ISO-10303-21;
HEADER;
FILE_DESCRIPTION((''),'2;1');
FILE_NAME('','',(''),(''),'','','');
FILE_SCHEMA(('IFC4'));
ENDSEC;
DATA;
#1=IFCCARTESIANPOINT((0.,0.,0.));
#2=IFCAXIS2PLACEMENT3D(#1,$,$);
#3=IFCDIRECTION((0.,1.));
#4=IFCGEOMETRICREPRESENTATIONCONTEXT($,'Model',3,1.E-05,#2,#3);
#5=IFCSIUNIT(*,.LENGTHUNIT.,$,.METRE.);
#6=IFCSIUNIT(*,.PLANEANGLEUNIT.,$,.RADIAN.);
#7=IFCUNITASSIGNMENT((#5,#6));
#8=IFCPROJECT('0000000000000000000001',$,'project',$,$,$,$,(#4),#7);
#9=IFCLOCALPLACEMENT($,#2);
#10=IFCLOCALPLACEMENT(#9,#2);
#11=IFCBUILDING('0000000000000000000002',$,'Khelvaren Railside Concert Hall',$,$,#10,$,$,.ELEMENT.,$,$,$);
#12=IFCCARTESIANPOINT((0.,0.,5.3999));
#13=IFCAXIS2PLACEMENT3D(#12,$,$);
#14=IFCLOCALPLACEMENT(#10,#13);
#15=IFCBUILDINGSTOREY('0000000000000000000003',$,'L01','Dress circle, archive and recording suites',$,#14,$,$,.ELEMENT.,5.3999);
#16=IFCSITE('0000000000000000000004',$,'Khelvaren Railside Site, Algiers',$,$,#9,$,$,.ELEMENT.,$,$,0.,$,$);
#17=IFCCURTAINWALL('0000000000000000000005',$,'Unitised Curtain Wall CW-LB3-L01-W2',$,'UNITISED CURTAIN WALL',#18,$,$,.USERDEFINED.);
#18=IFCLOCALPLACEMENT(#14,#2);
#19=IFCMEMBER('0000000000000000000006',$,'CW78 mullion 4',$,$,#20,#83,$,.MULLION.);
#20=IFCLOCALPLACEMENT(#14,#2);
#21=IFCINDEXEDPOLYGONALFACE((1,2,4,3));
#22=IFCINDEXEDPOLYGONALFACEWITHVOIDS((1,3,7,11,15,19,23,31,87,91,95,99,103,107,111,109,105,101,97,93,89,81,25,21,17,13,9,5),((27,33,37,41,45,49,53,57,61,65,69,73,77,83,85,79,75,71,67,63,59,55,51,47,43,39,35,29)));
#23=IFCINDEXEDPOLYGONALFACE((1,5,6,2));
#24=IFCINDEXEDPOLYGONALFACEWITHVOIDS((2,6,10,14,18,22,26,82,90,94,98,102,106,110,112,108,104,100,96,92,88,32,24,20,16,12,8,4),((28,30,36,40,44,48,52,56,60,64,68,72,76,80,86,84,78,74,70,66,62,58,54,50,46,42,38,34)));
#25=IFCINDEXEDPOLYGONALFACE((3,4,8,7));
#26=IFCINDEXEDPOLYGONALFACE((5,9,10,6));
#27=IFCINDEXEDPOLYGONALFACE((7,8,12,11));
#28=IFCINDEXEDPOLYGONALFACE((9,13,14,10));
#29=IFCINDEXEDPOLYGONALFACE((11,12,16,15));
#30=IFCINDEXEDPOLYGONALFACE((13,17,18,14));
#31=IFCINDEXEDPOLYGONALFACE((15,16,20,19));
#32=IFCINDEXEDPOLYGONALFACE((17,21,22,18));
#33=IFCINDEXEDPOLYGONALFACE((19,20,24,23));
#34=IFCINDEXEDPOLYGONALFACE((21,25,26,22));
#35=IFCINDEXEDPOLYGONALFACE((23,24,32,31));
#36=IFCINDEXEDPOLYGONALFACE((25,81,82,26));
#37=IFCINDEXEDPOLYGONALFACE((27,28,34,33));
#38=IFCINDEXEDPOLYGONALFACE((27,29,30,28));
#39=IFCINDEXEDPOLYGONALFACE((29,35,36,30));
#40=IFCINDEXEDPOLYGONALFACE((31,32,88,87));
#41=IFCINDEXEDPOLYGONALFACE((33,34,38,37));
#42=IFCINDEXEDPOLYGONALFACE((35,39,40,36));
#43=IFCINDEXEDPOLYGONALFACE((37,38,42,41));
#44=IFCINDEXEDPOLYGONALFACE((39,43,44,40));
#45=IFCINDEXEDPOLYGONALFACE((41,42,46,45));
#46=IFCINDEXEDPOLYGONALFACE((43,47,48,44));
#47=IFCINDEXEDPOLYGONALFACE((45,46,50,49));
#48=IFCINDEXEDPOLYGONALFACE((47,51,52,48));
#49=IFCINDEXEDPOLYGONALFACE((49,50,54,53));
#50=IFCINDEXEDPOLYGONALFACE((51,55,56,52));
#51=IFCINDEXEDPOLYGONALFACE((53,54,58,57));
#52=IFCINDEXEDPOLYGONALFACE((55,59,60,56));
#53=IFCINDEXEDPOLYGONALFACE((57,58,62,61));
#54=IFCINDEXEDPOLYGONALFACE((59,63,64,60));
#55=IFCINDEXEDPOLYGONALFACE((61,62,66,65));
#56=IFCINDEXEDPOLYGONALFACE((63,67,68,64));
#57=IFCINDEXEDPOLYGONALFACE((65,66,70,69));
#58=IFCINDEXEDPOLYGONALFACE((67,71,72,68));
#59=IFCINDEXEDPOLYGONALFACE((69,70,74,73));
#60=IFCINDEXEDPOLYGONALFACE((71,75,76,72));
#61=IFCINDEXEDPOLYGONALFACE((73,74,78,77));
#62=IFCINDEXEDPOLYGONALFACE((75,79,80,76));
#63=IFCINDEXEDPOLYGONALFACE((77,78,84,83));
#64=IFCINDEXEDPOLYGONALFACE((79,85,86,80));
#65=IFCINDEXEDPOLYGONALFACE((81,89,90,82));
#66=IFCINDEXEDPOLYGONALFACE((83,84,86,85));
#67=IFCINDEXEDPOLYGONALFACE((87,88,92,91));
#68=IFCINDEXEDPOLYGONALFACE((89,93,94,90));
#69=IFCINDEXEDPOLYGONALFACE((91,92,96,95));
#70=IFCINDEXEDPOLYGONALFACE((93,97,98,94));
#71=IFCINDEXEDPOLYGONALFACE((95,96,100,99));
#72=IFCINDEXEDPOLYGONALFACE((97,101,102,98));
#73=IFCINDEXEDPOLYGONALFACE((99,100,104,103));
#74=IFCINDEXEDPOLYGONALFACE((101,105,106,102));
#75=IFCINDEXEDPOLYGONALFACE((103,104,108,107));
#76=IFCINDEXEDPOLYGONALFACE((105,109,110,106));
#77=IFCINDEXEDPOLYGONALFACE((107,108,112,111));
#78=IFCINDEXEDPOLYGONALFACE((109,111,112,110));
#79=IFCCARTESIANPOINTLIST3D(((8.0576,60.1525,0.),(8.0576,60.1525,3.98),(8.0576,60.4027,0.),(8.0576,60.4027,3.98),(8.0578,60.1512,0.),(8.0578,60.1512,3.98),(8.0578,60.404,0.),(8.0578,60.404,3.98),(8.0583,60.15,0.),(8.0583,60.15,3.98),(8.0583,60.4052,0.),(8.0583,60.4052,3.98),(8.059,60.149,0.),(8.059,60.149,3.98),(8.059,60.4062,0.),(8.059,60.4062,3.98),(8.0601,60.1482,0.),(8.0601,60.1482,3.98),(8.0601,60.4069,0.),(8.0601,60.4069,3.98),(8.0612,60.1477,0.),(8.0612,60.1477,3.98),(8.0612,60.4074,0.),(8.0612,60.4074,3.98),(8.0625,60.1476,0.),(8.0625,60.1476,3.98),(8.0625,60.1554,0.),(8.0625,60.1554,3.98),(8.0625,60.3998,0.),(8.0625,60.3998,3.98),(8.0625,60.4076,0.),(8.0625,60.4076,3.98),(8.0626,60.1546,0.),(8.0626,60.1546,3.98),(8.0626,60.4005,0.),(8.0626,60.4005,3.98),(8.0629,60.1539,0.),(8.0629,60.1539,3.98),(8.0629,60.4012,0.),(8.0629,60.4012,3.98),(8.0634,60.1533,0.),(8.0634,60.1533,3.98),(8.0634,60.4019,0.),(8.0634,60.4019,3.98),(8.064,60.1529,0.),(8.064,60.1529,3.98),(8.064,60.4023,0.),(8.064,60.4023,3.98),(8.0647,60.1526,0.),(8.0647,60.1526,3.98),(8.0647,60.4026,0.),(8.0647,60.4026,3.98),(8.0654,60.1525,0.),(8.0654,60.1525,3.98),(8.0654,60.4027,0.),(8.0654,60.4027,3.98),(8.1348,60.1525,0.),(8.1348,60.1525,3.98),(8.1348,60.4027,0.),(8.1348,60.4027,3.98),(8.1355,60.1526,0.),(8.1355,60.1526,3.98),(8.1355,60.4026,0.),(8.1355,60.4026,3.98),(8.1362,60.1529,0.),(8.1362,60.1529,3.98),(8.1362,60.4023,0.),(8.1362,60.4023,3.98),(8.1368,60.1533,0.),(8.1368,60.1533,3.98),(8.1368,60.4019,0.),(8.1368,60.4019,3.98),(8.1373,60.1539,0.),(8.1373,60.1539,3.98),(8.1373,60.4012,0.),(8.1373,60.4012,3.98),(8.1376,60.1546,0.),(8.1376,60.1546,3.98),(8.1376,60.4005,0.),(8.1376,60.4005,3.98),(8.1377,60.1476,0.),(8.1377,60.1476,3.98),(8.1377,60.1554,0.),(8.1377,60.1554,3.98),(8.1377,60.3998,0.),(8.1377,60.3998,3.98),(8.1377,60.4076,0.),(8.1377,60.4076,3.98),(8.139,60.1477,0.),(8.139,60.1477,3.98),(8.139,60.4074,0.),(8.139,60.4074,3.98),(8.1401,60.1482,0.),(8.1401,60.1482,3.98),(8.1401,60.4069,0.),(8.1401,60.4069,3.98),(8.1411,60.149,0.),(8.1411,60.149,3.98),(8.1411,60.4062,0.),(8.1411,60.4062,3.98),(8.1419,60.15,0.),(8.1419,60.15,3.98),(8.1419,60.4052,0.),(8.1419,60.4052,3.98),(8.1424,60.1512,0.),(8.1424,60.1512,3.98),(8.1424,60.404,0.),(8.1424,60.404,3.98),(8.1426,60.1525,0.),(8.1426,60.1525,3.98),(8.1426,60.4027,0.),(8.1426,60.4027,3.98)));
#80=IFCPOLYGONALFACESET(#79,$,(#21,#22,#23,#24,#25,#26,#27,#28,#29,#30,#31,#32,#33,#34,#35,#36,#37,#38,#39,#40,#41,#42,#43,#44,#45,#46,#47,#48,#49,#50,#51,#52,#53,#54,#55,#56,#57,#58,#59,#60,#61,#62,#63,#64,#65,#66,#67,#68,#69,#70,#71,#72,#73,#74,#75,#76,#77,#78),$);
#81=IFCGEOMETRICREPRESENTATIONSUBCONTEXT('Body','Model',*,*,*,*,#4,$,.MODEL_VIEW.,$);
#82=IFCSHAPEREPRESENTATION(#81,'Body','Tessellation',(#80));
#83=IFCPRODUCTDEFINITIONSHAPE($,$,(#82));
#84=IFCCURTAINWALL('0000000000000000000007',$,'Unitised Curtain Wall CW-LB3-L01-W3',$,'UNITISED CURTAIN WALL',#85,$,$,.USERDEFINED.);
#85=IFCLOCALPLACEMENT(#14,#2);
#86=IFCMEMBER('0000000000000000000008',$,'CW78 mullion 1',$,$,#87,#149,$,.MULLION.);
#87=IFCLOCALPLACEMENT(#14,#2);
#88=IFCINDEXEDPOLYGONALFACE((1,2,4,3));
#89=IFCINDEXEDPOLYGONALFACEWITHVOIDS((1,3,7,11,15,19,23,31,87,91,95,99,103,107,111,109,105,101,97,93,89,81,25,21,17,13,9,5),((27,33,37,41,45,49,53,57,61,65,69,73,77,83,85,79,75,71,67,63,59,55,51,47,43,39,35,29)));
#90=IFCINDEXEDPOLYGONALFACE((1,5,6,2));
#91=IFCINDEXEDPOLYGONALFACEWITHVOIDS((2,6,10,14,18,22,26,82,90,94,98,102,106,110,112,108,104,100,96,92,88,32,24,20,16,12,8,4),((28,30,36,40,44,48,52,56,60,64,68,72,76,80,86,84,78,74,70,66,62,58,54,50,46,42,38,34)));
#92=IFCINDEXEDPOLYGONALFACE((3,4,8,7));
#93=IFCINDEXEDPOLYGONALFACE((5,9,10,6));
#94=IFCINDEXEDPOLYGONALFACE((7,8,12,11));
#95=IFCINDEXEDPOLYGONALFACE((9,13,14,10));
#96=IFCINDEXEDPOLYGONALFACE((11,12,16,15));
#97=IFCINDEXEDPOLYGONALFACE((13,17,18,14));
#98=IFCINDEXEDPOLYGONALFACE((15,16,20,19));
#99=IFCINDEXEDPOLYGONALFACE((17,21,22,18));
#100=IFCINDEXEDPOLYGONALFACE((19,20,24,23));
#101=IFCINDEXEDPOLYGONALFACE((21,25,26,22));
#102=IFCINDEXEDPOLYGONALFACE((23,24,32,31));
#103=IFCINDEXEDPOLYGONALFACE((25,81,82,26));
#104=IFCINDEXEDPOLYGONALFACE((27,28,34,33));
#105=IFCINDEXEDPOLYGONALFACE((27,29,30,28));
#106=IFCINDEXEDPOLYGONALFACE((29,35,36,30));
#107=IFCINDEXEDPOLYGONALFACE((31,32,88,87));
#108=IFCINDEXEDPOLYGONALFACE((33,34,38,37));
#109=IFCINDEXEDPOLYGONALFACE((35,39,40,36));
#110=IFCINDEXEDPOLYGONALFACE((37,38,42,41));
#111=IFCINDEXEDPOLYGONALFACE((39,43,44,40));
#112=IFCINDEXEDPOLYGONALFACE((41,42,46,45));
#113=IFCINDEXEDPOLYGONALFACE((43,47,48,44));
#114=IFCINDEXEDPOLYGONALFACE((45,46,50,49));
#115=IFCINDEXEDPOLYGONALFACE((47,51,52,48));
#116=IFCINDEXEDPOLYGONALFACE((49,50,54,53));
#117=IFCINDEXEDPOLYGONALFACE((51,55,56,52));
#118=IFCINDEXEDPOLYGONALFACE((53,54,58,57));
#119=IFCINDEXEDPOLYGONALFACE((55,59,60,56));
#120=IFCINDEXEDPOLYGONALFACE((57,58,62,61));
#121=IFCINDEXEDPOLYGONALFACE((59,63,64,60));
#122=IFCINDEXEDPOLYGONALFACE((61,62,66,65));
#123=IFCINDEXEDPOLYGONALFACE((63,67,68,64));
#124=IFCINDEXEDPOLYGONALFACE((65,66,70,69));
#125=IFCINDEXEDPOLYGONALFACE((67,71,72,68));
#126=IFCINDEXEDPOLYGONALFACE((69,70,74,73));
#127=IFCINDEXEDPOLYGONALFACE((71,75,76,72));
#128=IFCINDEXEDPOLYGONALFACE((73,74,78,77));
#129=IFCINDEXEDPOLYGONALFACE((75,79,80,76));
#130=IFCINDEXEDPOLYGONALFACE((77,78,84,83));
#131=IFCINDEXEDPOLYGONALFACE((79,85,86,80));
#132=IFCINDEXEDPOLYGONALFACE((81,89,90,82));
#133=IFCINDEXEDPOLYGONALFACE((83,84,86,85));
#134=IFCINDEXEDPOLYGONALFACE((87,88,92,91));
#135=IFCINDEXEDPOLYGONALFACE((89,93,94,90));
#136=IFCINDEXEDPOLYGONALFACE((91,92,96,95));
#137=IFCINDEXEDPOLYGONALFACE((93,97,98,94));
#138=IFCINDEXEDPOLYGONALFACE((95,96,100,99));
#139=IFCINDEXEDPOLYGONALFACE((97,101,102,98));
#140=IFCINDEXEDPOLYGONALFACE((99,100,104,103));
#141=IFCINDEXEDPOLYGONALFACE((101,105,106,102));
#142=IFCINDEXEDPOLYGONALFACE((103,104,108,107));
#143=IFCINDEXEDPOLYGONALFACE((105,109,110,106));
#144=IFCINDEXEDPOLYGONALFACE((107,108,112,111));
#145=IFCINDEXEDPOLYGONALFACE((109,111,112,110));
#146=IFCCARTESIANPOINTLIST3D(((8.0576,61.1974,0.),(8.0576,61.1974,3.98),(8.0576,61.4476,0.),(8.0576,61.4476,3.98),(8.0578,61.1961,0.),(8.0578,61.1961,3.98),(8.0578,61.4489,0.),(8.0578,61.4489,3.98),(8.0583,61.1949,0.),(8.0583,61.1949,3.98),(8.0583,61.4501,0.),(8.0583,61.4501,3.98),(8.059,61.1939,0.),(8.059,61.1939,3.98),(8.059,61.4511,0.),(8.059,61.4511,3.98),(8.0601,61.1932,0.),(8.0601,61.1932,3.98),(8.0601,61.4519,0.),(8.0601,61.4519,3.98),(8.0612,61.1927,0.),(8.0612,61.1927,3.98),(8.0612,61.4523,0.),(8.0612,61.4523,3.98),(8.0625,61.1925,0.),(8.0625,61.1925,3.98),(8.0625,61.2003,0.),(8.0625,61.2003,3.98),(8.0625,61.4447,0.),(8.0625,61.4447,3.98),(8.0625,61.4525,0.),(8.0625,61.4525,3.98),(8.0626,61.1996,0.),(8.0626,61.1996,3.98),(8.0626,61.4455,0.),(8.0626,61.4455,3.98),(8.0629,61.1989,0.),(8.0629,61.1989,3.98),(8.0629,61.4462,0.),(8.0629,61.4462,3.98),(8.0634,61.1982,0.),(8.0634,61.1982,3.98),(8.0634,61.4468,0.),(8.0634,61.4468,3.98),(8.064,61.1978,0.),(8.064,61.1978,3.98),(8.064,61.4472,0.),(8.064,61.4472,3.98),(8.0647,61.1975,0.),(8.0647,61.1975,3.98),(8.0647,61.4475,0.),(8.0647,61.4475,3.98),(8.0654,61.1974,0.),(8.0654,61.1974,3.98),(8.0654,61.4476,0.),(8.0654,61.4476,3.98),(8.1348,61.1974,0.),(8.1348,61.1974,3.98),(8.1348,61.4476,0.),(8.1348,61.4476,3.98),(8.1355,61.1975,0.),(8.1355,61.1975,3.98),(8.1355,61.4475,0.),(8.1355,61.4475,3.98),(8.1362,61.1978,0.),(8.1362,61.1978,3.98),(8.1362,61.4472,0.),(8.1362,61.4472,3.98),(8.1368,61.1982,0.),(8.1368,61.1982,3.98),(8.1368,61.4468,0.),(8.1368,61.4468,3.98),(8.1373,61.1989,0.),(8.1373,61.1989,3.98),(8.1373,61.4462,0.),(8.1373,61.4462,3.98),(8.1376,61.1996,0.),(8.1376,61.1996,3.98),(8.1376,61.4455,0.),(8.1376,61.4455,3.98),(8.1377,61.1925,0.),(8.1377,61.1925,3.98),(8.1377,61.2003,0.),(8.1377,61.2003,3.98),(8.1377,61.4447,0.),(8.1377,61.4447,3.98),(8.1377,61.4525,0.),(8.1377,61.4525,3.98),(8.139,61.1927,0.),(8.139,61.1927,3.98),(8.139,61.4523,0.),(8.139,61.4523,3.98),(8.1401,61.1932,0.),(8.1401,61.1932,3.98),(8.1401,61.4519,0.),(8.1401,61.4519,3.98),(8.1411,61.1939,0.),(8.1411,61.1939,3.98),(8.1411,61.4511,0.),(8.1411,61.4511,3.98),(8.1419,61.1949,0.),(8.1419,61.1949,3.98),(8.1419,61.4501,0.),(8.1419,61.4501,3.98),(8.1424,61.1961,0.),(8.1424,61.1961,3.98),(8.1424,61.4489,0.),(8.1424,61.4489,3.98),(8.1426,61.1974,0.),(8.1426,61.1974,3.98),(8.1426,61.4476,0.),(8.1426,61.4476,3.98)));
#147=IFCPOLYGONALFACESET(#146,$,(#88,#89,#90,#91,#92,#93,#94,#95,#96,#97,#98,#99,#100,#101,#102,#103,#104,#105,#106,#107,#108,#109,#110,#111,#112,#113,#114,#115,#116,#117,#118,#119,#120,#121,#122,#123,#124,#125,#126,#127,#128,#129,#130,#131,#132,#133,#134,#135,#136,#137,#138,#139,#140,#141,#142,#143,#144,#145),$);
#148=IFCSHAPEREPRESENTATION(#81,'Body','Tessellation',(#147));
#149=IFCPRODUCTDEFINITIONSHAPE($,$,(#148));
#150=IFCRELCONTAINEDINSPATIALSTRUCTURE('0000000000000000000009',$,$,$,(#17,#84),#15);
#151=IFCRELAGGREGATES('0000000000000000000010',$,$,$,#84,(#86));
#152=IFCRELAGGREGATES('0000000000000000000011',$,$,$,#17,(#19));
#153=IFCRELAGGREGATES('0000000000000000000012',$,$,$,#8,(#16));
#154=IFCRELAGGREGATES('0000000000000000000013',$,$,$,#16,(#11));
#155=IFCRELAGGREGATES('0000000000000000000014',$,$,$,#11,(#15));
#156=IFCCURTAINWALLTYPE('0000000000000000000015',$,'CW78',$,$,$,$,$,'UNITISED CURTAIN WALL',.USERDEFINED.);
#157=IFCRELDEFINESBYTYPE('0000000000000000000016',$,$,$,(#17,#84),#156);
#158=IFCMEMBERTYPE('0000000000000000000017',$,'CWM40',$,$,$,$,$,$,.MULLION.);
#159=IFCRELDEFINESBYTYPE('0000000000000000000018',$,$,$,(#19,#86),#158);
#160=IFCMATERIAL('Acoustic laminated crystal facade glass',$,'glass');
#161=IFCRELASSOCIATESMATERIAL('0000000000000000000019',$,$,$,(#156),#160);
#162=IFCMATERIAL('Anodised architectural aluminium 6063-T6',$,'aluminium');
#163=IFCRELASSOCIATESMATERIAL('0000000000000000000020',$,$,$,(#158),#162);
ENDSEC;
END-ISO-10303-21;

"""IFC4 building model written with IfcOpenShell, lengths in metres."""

from ifc_helpers import new_model, si_unit, direction, frame, origin, origin_2d, place, context, subcontext, project, spatial, hollow_rectangle, extrude, material, material_profile, profile_set, type_object, element, aggregate, save


model = new_model("IFC4")

# Units and contexts
model_context = context("Model", 3, precision=1e-05, world=origin(), true_north=direction((0.0, 1.0)))
body_context = subcontext(model_context, "Body", "Model", "MODEL_VIEW")
ifc_project = project(units=[si_unit("LENGTHUNIT", "METRE"), si_unit("PLANEANGLEUNIT", "RADIAN")], contexts=[model_context])

# Site, building, storey
site_placement = place(None, origin())
site = spatial("IfcSite", under=ifc_project, at=site_placement, Name="Khelvaren Railside Site, Algiers", CompositionType="ELEMENT", RefElevation=0.0)
building_placement = place(site_placement, origin())
building = spatial("IfcBuilding", under=site, at=building_placement, Name="Khelvaren Railside Concert Hall", CompositionType="ELEMENT")
storey_placement = place(building_placement, frame((0.0, 0.0, 5.3999)))
storey = spatial("IfcBuildingStorey", under=building, at=storey_placement, Name="L01", Description="Dress circle, archive and recording suites", CompositionType="ELEMENT", Elevation=5.3999)

# Curtain wall, member
ifc_material_1 = material(Name="Acoustic laminated crystal facade glass", Category="glass")
curtain_wall_type = type_object("IfcCurtainWallType", Name="CW78", ElementType="UNITISED CURTAIN WALL", PredefinedType="USERDEFINED", material=ifc_material_1)
curtain_wall_1_placement = place(storey_placement, origin())
curtain_wall_1 = element("IfcCurtainWall", 1, at=curtain_wall_1_placement, inside=storey, type_object=curtain_wall_type, Name="Unitised Curtain Wall CW-LB3-L01-W2", ObjectType="UNITISED CURTAIN WALL", PredefinedType="USERDEFINED")
ifc_material_2 = material(Name="Anodised architectural aluminium 6063-T6", Category="aluminium")
ifc_material_profile_1 = material_profile(ifc_material_2, hollow_rectangle(XDim=0.085, YDim=0.26, WallThickness=0.0049, InnerFilletRadius=0.0029, OuterFilletRadius=0.0049, at=origin_2d()), Name="CWM 85x260x5")
ifc_profile_set_1 = profile_set([ifc_material_profile_1], Name="Anodised architectural aluminium 6063-T6")
member_type_1 = type_object("IfcMemberType", Name="CWM40", PredefinedType="MULLION", material=ifc_profile_set_1)
member_1_placement = place(storey_placement, frame((8.1001, 60.2776, 0.0), z_axis=(0.0, 0.0, 1.0), x_axis=(-1.0, 0.0, 0.0)))
member_1 = element("IfcMember", 2, at=member_1_placement, type_object=member_type_1, Name="CW78 mullion 4", PredefinedType="MULLION", context=body_context, shape_type="SweptSolid", body=[
    extrude(hollow_rectangle(XDim=0.085, YDim=0.26, WallThickness=0.0049, InnerFilletRadius=0.0029, OuterFilletRadius=0.0049, at=origin_2d()), origin(), (0.0, 0.0, 1.0), 3.98),
])

# Curtain wall, member
curtain_wall_2_placement = place(storey_placement, origin())
curtain_wall_2 = element("IfcCurtainWall", 3, at=curtain_wall_2_placement, inside=storey, type_object=curtain_wall_type, Name="Unitised Curtain Wall CW-LB3-L01-W3", ObjectType="UNITISED CURTAIN WALL", PredefinedType="USERDEFINED")
member_2_placement = place(storey_placement, frame((8.1001, 61.3225, 0.0), z_axis=(0.0, 0.0, 1.0), x_axis=(-1.0, 0.0, 0.0)))
member_2 = element("IfcMember", 4, at=member_2_placement, type_object=member_type_1, Name="CW78 mullion 1", PredefinedType="MULLION", context=body_context, shape_type="SweptSolid", body=[
    extrude(hollow_rectangle(XDim=0.085, YDim=0.26, WallThickness=0.0049, InnerFilletRadius=0.0029, OuterFilletRadius=0.0049, at=origin_2d()), origin(), (0.0, 0.0, 1.0), 3.98),
])

aggregate(curtain_wall_2, [member_2])

aggregate(curtain_wall_1, [member_1])

save(model, "model.ifc")
